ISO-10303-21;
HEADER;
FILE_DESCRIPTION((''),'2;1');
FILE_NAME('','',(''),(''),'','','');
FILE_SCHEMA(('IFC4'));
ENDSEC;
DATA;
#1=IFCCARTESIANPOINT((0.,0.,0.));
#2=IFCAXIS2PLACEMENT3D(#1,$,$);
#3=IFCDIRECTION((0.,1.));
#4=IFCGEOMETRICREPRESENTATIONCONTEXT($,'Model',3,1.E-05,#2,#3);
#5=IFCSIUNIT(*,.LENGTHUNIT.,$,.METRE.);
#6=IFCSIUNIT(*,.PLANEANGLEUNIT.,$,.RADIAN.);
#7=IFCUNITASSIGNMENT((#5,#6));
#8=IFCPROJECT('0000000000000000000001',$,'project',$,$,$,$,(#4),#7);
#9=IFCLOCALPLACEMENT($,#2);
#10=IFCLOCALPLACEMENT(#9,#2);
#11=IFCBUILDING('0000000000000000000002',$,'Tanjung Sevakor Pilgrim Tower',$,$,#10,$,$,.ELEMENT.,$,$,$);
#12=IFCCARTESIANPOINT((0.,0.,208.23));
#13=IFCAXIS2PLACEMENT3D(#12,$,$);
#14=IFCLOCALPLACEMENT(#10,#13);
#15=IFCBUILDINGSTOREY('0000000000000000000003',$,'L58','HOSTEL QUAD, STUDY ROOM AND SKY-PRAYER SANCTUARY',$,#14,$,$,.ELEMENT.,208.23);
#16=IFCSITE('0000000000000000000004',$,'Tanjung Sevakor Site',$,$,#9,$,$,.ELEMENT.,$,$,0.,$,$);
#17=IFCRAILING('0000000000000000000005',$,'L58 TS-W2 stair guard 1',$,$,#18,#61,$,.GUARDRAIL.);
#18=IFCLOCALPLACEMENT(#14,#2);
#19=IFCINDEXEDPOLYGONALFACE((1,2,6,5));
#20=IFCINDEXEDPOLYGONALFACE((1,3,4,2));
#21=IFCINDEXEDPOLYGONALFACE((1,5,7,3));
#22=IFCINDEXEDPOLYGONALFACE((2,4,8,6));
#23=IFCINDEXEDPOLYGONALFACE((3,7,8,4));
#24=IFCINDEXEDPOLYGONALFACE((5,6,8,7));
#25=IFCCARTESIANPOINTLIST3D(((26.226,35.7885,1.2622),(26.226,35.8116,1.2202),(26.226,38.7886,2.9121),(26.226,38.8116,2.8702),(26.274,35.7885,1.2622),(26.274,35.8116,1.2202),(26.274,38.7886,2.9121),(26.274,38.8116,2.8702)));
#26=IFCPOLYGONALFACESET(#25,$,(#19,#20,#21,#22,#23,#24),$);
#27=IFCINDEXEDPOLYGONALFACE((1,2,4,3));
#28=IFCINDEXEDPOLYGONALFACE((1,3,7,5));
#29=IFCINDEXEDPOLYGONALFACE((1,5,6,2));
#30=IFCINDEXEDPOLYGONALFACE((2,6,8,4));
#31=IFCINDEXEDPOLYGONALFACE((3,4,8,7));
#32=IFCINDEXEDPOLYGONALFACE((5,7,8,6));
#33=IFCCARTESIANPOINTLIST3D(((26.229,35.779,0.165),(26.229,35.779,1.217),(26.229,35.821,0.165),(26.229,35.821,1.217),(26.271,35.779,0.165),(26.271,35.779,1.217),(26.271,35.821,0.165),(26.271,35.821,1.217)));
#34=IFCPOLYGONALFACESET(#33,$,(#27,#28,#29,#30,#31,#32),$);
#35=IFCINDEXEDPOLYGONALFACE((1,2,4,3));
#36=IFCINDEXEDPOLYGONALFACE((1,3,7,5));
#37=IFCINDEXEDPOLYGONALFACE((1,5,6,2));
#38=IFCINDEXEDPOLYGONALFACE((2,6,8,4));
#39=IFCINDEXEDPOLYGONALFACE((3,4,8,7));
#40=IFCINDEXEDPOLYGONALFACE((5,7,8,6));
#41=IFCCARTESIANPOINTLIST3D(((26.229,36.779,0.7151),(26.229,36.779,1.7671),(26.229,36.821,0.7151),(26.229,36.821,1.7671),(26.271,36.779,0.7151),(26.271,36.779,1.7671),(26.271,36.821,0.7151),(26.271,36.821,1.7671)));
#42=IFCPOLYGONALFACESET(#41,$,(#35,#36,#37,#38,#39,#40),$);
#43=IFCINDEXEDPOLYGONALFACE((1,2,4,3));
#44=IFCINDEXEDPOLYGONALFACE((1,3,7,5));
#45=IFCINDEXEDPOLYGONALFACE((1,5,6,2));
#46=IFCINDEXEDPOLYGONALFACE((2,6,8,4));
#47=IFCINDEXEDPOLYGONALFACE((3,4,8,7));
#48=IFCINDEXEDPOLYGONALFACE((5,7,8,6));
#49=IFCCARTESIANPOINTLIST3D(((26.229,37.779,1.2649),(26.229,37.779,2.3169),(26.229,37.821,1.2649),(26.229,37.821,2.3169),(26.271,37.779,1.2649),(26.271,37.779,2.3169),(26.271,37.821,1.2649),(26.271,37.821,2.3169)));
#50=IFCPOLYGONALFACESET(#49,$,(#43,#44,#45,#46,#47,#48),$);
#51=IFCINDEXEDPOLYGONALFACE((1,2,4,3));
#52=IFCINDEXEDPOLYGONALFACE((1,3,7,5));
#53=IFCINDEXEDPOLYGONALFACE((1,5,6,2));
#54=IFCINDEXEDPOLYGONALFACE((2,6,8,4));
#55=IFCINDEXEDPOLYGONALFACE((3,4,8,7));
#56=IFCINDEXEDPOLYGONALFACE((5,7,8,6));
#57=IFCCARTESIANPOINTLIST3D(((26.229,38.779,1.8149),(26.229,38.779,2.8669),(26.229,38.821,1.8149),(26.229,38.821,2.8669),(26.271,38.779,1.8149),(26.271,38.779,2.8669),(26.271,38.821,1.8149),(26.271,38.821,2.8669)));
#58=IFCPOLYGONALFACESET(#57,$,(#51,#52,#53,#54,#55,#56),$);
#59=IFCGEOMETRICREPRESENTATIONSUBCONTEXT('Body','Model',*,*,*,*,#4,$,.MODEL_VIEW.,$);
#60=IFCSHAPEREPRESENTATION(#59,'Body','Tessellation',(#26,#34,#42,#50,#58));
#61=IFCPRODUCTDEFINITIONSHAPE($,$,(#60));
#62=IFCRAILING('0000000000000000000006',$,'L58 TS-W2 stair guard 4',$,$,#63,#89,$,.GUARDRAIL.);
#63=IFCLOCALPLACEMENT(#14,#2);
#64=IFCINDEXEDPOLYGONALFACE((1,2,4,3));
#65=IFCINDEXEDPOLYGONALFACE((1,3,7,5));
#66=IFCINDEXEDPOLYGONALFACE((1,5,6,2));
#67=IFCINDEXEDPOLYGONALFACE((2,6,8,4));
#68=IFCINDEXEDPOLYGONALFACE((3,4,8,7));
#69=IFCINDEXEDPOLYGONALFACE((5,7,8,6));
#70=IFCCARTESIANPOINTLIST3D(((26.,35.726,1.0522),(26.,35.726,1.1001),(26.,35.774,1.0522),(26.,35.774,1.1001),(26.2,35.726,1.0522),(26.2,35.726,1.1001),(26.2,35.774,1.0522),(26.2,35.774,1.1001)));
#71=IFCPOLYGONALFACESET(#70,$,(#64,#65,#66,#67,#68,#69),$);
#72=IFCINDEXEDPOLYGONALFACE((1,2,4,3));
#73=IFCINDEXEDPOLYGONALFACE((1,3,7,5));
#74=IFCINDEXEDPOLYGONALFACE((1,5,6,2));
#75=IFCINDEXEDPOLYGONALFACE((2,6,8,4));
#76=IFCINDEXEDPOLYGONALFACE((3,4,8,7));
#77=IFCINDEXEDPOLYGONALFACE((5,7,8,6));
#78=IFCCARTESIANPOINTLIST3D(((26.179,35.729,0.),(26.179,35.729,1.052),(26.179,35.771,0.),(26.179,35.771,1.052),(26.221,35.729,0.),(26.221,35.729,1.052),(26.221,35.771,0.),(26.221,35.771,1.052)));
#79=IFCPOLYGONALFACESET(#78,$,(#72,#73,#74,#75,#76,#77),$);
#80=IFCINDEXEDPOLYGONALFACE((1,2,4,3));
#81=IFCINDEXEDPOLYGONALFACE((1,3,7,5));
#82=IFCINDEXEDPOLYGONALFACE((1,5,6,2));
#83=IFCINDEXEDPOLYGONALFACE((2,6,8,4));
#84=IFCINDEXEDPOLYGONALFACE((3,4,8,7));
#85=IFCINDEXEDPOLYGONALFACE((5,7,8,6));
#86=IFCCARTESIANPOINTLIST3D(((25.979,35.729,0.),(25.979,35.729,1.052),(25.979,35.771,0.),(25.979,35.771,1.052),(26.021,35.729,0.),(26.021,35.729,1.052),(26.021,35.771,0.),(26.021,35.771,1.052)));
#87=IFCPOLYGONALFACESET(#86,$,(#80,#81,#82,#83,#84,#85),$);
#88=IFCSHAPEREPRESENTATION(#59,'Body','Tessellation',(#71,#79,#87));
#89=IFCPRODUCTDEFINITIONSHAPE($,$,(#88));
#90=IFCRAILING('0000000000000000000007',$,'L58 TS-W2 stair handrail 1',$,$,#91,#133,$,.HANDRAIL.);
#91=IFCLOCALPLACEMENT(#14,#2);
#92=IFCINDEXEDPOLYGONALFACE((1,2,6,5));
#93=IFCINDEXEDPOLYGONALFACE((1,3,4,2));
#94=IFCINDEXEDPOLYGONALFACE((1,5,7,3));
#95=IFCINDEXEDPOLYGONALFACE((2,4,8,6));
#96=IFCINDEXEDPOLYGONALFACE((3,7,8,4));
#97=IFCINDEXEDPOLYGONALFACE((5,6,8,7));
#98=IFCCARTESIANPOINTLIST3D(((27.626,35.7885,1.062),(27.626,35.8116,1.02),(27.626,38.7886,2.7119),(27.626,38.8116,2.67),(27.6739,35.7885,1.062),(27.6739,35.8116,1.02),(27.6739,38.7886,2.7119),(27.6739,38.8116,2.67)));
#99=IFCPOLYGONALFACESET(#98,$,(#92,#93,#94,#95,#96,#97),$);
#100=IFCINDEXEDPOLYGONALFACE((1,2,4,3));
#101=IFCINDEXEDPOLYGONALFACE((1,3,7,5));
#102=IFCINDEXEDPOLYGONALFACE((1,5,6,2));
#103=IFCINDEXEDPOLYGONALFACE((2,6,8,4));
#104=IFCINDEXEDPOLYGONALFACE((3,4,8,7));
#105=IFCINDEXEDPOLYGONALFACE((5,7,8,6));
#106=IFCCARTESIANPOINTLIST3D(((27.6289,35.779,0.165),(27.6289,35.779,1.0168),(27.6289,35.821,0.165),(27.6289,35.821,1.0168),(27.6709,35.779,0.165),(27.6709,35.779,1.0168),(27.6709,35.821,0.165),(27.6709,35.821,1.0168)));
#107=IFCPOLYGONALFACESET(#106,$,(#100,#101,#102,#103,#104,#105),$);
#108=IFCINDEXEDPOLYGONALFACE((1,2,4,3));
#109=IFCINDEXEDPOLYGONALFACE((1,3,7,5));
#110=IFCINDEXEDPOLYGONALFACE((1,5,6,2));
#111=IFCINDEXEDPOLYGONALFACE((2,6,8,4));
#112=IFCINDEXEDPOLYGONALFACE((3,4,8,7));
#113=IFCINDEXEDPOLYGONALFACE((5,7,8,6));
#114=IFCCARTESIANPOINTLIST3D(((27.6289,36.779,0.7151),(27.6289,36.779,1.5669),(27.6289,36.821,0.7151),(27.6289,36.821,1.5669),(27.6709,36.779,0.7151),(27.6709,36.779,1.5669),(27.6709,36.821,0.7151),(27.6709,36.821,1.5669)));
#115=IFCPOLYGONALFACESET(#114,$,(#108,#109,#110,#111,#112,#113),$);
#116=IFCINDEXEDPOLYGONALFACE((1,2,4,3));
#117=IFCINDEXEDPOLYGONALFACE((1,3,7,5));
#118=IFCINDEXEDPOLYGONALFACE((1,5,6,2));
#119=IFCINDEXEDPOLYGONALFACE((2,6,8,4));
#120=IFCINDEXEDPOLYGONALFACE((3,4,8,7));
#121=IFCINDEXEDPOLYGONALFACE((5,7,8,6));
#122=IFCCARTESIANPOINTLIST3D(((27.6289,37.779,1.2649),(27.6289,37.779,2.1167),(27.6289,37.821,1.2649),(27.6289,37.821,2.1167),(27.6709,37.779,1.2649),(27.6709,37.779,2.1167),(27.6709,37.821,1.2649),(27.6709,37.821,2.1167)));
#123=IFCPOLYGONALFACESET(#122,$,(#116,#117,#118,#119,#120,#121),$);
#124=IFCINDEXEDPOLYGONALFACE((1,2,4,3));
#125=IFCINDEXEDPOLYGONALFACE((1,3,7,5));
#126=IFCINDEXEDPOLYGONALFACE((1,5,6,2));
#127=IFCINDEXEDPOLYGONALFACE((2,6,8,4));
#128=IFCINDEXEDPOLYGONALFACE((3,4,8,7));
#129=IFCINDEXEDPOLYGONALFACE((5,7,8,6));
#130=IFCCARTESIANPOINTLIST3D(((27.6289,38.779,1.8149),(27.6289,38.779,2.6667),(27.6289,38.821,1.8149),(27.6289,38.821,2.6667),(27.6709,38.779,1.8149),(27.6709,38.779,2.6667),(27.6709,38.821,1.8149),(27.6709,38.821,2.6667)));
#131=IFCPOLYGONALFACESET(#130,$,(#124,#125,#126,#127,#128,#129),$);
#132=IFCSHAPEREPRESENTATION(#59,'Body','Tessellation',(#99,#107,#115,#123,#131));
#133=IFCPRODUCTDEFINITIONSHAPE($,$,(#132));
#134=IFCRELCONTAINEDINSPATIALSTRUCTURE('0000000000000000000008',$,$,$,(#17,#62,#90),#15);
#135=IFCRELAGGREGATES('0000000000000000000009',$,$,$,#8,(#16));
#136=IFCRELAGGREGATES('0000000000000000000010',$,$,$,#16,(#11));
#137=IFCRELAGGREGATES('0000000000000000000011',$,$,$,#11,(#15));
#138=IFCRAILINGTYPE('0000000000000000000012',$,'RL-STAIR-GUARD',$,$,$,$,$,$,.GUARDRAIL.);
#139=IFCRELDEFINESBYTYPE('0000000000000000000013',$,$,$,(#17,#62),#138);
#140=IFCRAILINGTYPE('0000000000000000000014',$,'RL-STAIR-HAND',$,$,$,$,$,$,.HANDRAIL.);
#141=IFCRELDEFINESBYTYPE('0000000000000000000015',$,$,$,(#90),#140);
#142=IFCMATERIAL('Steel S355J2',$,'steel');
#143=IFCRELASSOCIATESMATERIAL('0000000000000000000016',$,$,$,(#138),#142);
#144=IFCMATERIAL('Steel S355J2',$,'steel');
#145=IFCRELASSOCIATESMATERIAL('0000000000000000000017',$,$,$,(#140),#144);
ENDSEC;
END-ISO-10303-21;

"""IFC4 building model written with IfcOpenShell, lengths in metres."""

from ifc_helpers import new_model, si_unit, direction, frame, origin, place, context, subcontext, project, spatial, rectangle, extrude, material, type_object, element, save


model = new_model("IFC4")

# Units and contexts
model_context = context("Model", 3, precision=1e-05, world=origin(), true_north=direction((0.0, 1.0)))
body_context = subcontext(model_context, "Body", "Model", "MODEL_VIEW")
ifc_project = project(units=[si_unit("LENGTHUNIT", "METRE"), si_unit("PLANEANGLEUNIT", "RADIAN")], contexts=[model_context])

# Site, building, storey
site_placement = place(None, origin())
site = spatial("IfcSite", under=ifc_project, at=site_placement, Name="Tanjung Sevakor Site", CompositionType="ELEMENT", RefElevation=0.0)
building_placement = place(site_placement, origin())
building = spatial("IfcBuilding", under=site, at=building_placement, Name="Tanjung Sevakor Pilgrim Tower", CompositionType="ELEMENT")
storey_placement = place(building_placement, frame((0.0, 0.0, 208.23)))
storey = spatial("IfcBuildingStorey", under=building, at=storey_placement, Name="L58", Description="HOSTEL QUAD, STUDY ROOM AND SKY-PRAYER SANCTUARY", CompositionType="ELEMENT", Elevation=208.23)

# Railings
ifc_material_1 = material(Name="Steel S355J2", Category="steel")
railing_type_1 = type_object("IfcRailingType", Name="RL-STAIR-GUARD", PredefinedType="GUARDRAIL", material=ifc_material_1)
railing_1_placement = place(storey_placement, frame((26.25, 35.8, 0.165)))
element("IfcRailing", 1, at=railing_1_placement, inside=storey, type_object=railing_type_1, Name="L58 TS-W2 stair guard 1", PredefinedType="GUARDRAIL", context=body_context, shape_type="SweptSolid", body=[
    extrude(rectangle(XDim=0.0479, YDim=0.0479), frame((0.0, 0.0, 1.0762), z_axis=(0.0, 0.876228, 0.481897), x_axis=(-1.0, 0.0, 0.0)), (0.0, 0.0, 1.0), 3.4238),
    extrude(rectangle(XDim=0.042, YDim=0.042), origin(), (0.0, 0.0, 1.0), 1.052),
    extrude(rectangle(XDim=0.042, YDim=0.042), frame((0.0, 1.0, 0.55)), (0.0, 0.0, 1.0), 1.052),
    extrude(rectangle(XDim=0.042, YDim=0.042), frame((0.0, 2.0, 1.0999)), (0.0, 0.0, 1.0), 1.052),
    extrude(rectangle(XDim=0.042, YDim=0.042), frame((0.0, 3.0, 1.6499)), (0.0, 0.0, 1.0), 1.052),
])
railing_2_placement = place(storey_placement, frame((26.2, 35.75, 0.0)))
element("IfcRailing", 2, at=railing_2_placement, inside=storey, type_object=railing_type_1, Name="L58 TS-W2 stair guard 4", PredefinedType="GUARDRAIL", context=body_context, shape_type="SweptSolid", body=[
    extrude(rectangle(XDim=0.0479, YDim=0.0479), frame((0.0, 0.0, 1.0762), z_axis=(-1.0, 0.0, 0.0), x_axis=(0.0, -1.0, 0.0)), (0.0, 0.0, 1.0), 0.2),
    extrude(rectangle(XDim=0.042, YDim=0.042), origin(), (0.0, 0.0, 1.0), 1.052),
    extrude(rectangle(XDim=0.042, YDim=0.042), frame((-0.2, 0.0, 0.0)), (0.0, 0.0, 1.0), 1.052),
])
ifc_material_2 = material(Name="Steel S355J2", Category="steel")
railing_type_2 = type_object("IfcRailingType", Name="RL-STAIR-HAND", PredefinedType="HANDRAIL", material=ifc_material_2)
railing_3_placement = place(storey_placement, frame((27.6499, 35.8, 0.165)))
element("IfcRailing", 3, at=railing_3_placement, inside=storey, type_object=railing_type_2, Name="L58 TS-W2 stair handrail 1", PredefinedType="HANDRAIL", context=body_context, shape_type="SweptSolid", body=[
    extrude(rectangle(XDim=0.0479, YDim=0.0479), frame((0.0, 0.0, 0.876), z_axis=(0.0, 0.876228, 0.481897), x_axis=(-1.0, 0.0, 0.0)), (0.0, 0.0, 1.0), 3.4238),
    extrude(rectangle(XDim=0.042, YDim=0.042), origin(), (0.0, 0.0, 1.0), 0.8518),
    extrude(rectangle(XDim=0.042, YDim=0.042), frame((0.0, 1.0, 0.55)), (0.0, 0.0, 1.0), 0.8518),
    extrude(rectangle(XDim=0.042, YDim=0.042), frame((0.0, 2.0, 1.0999)), (0.0, 0.0, 1.0), 0.8518),
    extrude(rectangle(XDim=0.042, YDim=0.042), frame((0.0, 3.0, 1.6499)), (0.0, 0.0, 1.0), 0.8518),
])

save(model, "model.ifc")
